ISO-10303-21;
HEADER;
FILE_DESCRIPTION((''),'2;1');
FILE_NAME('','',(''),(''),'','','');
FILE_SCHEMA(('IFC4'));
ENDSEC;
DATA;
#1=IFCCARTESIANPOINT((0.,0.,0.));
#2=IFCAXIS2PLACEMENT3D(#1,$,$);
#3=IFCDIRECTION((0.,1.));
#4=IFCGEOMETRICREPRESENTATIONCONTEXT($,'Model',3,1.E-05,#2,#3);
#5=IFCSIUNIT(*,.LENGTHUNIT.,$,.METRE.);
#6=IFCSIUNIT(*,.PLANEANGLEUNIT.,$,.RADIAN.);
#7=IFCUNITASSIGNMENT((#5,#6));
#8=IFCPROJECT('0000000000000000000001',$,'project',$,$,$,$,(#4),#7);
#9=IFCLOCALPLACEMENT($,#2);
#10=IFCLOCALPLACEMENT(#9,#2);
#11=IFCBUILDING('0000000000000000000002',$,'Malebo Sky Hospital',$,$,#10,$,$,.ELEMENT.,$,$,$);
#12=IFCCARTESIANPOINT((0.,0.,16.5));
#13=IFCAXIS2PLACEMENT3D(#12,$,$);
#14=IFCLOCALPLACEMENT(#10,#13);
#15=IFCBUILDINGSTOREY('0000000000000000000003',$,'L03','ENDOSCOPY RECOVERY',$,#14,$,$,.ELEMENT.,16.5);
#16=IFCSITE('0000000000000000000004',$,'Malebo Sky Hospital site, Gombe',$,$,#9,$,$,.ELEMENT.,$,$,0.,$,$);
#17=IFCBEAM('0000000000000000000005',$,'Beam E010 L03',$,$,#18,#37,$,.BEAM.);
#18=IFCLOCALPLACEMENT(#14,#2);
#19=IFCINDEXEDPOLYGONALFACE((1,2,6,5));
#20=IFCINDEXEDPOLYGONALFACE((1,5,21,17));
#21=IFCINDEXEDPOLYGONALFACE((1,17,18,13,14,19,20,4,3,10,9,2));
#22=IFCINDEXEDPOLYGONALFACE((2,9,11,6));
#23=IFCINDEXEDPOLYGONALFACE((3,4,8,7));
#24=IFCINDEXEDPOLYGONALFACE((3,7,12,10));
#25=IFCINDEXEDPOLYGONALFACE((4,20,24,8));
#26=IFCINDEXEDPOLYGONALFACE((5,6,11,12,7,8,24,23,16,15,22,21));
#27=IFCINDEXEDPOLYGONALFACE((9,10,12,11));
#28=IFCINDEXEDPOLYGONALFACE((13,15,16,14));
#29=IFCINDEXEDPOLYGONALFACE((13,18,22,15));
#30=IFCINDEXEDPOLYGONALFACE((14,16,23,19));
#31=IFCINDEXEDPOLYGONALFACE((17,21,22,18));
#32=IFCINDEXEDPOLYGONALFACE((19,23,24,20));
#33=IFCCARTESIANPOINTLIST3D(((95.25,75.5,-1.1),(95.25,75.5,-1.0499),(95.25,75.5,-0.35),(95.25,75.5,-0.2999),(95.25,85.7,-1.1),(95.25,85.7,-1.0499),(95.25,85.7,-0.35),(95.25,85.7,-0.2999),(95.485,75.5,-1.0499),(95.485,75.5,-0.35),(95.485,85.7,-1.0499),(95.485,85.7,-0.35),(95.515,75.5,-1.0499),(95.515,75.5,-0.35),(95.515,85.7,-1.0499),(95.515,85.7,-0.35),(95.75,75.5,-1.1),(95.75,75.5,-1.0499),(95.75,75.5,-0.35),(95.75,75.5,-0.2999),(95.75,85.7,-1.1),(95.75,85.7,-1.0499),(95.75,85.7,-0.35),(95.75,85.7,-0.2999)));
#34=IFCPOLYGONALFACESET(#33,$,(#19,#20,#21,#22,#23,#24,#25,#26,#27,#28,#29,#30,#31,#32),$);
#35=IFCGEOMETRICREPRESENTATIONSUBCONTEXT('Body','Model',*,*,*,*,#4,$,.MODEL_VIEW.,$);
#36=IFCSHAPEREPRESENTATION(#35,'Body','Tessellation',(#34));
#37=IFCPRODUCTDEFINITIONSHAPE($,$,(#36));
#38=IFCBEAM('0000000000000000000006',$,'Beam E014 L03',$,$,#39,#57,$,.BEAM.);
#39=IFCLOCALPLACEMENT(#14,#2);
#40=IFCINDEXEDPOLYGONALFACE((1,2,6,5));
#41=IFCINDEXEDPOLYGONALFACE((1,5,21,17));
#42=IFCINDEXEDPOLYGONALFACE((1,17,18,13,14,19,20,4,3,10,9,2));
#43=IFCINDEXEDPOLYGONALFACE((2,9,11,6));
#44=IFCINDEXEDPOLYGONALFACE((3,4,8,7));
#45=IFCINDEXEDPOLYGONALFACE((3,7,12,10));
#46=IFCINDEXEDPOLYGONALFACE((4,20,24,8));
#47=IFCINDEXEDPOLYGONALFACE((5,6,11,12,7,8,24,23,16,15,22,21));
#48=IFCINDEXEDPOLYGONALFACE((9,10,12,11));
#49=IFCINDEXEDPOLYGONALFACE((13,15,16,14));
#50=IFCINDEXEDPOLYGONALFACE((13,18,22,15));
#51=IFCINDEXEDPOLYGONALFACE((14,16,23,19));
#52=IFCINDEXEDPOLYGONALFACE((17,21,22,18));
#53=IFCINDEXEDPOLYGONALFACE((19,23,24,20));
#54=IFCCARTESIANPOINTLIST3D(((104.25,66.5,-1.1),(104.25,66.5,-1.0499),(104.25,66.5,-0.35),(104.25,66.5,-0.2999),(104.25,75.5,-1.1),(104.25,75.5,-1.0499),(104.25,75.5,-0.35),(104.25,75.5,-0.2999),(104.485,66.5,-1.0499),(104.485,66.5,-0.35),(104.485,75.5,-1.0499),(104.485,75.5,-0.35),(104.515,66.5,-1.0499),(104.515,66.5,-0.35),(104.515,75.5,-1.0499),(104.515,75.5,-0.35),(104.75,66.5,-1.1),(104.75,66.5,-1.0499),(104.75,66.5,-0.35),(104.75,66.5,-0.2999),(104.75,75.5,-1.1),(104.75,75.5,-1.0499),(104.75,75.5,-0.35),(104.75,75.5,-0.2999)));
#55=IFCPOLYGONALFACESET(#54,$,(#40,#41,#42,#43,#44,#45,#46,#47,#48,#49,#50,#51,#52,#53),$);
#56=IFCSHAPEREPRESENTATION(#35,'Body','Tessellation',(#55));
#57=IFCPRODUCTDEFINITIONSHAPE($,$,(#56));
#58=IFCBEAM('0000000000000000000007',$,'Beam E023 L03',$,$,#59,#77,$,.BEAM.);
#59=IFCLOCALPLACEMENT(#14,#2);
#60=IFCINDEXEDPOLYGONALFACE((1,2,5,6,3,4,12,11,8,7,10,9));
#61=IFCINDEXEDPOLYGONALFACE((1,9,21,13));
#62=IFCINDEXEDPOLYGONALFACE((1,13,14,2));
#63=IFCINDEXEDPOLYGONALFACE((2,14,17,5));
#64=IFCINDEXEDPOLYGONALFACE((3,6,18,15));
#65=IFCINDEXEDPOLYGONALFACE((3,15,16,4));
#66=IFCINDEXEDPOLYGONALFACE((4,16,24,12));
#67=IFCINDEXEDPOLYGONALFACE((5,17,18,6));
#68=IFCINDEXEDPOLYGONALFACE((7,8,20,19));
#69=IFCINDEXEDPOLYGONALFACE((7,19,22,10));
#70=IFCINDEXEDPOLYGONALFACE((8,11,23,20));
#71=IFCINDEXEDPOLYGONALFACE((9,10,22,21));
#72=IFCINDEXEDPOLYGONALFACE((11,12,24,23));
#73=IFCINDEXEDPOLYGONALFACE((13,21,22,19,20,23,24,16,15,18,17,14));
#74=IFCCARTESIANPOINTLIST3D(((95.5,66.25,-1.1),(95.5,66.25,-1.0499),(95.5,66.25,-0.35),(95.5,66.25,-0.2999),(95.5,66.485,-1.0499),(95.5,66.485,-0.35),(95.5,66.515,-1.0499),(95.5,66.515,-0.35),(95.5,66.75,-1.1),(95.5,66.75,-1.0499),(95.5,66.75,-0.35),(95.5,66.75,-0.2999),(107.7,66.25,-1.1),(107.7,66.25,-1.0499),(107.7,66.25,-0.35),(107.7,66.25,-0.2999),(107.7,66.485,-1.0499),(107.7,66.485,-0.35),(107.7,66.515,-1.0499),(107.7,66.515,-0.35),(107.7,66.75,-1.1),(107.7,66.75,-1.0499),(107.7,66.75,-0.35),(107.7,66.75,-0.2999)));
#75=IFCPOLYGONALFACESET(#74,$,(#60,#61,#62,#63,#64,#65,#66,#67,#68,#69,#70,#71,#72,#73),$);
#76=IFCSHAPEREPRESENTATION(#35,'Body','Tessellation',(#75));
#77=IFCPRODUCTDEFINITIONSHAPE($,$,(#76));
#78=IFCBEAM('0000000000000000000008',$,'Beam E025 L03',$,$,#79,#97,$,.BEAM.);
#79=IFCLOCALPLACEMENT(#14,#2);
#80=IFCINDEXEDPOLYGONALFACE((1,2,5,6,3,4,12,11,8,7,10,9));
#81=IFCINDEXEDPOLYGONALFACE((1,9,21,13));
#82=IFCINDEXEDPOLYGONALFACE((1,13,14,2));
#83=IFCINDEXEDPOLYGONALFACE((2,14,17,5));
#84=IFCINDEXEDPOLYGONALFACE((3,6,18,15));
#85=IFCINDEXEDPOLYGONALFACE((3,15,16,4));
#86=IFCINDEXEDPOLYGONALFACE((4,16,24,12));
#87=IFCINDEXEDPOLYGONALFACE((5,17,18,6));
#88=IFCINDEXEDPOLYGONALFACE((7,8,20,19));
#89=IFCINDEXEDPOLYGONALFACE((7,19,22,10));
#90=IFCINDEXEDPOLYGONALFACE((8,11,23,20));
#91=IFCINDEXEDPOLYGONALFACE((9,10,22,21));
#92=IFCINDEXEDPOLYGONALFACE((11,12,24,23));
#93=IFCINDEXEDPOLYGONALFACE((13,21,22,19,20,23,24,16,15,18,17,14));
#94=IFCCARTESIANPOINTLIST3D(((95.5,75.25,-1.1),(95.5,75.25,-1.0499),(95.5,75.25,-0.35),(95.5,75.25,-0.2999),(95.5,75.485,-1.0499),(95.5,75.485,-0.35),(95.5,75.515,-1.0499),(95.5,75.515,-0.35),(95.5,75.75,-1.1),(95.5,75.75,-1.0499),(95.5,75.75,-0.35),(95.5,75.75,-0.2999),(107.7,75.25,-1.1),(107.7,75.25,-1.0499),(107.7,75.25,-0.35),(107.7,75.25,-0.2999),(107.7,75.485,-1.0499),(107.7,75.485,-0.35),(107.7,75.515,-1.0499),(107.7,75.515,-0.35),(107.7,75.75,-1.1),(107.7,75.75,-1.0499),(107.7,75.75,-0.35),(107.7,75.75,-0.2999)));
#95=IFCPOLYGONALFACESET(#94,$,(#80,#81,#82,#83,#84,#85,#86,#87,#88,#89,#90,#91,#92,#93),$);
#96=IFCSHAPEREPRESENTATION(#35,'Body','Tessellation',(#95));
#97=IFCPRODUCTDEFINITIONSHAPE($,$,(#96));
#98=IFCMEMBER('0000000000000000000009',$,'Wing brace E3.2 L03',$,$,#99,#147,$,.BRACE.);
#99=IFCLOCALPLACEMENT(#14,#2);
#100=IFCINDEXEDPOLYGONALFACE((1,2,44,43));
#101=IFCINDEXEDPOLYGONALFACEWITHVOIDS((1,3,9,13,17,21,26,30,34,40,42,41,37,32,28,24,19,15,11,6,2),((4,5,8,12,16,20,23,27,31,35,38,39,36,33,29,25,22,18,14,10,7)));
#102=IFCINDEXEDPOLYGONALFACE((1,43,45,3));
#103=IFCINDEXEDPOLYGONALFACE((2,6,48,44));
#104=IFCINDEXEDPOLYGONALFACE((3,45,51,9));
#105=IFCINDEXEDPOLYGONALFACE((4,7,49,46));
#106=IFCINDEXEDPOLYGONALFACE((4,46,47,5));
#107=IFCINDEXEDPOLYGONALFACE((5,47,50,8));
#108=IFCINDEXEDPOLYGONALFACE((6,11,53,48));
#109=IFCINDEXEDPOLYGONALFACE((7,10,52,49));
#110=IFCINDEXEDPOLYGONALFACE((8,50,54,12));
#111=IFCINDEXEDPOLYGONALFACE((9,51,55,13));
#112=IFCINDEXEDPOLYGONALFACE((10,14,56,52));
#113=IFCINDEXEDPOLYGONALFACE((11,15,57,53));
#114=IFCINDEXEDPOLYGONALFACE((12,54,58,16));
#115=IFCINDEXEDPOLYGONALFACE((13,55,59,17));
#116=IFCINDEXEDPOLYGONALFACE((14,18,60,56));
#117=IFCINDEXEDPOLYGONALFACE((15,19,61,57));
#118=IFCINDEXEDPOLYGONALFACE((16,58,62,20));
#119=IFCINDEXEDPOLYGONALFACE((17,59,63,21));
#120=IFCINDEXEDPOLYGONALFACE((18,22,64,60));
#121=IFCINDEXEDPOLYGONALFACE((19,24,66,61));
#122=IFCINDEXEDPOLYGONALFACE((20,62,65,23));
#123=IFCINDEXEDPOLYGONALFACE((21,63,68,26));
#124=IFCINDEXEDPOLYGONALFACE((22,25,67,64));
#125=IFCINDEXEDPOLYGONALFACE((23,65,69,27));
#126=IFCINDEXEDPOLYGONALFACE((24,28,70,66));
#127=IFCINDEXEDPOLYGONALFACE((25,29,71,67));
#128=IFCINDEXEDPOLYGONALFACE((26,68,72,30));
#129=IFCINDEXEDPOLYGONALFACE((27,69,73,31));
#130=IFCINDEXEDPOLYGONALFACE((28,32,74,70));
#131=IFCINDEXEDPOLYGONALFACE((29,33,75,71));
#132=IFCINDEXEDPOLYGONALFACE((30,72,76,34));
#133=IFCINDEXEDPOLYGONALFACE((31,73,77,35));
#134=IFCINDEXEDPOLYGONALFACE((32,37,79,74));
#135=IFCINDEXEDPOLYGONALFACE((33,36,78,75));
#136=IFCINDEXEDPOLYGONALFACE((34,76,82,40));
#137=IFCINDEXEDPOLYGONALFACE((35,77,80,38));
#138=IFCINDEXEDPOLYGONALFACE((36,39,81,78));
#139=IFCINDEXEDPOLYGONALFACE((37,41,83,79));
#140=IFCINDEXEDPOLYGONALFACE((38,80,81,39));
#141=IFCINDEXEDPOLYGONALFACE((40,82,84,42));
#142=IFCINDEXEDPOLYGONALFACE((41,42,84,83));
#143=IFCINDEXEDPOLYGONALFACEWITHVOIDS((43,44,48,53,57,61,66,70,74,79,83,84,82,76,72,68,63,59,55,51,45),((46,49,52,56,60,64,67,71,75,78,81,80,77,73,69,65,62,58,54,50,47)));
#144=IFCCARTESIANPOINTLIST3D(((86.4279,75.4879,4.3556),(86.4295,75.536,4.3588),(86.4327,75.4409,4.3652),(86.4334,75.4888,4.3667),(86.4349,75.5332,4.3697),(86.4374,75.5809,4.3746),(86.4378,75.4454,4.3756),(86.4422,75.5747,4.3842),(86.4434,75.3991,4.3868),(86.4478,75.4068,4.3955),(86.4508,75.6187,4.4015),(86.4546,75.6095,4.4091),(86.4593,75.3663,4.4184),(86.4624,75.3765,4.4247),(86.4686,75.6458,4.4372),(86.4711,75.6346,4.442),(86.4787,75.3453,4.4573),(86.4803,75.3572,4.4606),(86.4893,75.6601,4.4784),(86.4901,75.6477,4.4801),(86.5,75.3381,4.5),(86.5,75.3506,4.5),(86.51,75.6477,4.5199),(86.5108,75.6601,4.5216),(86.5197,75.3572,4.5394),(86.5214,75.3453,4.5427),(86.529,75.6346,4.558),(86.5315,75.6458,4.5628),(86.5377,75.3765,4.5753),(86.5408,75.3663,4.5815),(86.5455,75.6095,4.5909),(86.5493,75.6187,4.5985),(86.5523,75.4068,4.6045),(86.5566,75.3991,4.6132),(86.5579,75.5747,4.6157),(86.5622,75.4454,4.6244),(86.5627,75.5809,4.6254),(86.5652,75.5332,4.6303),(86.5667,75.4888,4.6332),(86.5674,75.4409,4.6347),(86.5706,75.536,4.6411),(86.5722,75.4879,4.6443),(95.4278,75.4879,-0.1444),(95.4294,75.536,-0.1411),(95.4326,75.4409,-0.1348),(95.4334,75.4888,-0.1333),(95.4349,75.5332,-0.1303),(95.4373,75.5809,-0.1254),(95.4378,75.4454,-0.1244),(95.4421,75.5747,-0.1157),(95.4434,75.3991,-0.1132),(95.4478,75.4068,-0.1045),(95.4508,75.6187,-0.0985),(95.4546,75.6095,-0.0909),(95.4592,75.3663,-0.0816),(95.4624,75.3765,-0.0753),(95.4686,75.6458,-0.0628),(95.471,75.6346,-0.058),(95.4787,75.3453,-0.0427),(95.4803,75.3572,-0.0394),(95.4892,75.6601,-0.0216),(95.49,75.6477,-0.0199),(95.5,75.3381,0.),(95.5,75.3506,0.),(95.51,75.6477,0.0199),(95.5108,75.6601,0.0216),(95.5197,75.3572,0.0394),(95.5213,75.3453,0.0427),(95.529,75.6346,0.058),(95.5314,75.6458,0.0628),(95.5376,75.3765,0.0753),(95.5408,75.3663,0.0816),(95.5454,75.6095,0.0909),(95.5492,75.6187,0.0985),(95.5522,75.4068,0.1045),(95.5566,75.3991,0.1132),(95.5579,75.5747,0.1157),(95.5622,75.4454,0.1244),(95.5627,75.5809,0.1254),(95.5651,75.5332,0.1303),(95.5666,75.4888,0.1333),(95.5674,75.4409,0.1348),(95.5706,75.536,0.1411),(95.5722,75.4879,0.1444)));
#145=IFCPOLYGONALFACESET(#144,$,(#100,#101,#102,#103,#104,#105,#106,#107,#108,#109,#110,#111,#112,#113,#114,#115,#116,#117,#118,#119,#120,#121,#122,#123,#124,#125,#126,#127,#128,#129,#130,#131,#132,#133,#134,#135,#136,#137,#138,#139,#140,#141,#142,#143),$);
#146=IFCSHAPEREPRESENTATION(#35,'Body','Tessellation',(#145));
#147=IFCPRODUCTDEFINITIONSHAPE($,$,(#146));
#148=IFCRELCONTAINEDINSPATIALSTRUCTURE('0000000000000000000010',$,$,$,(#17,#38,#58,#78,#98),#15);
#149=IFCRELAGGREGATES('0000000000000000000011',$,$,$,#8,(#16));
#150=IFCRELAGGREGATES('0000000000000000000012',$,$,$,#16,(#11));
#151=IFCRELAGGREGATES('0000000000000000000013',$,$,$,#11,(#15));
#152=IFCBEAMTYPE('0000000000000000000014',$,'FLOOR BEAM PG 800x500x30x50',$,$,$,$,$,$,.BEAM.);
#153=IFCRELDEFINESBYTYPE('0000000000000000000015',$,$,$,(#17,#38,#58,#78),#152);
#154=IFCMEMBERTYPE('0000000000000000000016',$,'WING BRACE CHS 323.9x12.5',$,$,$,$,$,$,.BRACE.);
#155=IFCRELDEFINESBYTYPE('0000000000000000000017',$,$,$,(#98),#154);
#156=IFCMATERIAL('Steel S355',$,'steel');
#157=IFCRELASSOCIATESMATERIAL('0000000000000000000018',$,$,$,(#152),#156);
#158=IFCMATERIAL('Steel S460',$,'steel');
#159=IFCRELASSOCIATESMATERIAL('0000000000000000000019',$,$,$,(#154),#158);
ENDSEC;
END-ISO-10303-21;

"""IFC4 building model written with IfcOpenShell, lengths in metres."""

from ifc_helpers import new_model, si_unit, direction, frame, origin, origin_2d, place, context, subcontext, project, spatial, hollow_circle, i_section, extrude, material, material_profile, profile_set, type_object, element, save


model = new_model("IFC4")

# Units and contexts
model_context = context("Model", 3, precision=1e-05, world=origin(), true_north=direction((0.0, 1.0)))
body_context = subcontext(model_context, "Body", "Model", "MODEL_VIEW")
ifc_project = project(units=[si_unit("LENGTHUNIT", "METRE"), si_unit("PLANEANGLEUNIT", "RADIAN")], contexts=[model_context])

# Site, building, storey
site_placement = place(None, origin())
site = spatial("IfcSite", under=ifc_project, at=site_placement, Name="Malebo Sky Hospital site, Gombe", CompositionType="ELEMENT", RefElevation=0.0)
building_placement = place(site_placement, origin())
building = spatial("IfcBuilding", under=site, at=building_placement, Name="Malebo Sky Hospital", CompositionType="ELEMENT")
storey_placement = place(building_placement, frame((0.0, 0.0, 16.5)))
storey = spatial("IfcBuildingStorey", under=building, at=storey_placement, Name="L03", Description="ENDOSCOPY RECOVERY", CompositionType="ELEMENT", Elevation=16.5)

# Shared definitions
ifc_material_1 = material(Name="Steel S355", Category="steel")

# Beams
ifc_material_profile_1 = material_profile(ifc_material_1, i_section(OverallWidth=0.5, OverallDepth=0.8, WebThickness=0.03, FlangeThickness=0.05, at=origin_2d()), Name="PG 800x500x30x50")
ifc_profile_set_1 = profile_set([ifc_material_profile_1], Name="Steel S355")
beam_type = type_object("IfcBeamType", Name="FLOOR BEAM PG 800x500x30x50", PredefinedType="BEAM", material=ifc_profile_set_1)
beam_1_placement = place(storey_placement, frame((95.5, 75.5, -0.7), z_axis=(0.0, 1.0, 0.0), x_axis=(-1.0, 0.0, 0.0)))
element("IfcBeam", 1, at=beam_1_placement, inside=storey, type_object=beam_type, Name="Beam E010 L03", PredefinedType="BEAM", context=body_context, shape_type="SweptSolid", body=[
    extrude(i_section(OverallWidth=0.5, OverallDepth=0.8, WebThickness=0.03, FlangeThickness=0.05, at=origin_2d()), origin(), (0.0, 0.0, 1.0), 10.2),
])
beam_2_placement = place(storey_placement, frame((104.5, 66.5, -0.7), z_axis=(0.0, 1.0, 0.0), x_axis=(-1.0, 0.0, 0.0)))
element("IfcBeam", 2, at=beam_2_placement, inside=storey, type_object=beam_type, Name="Beam E014 L03", PredefinedType="BEAM", context=body_context, shape_type="SweptSolid", body=[
    extrude(i_section(OverallWidth=0.5, OverallDepth=0.8, WebThickness=0.03, FlangeThickness=0.05, at=origin_2d()), origin(), (0.0, 0.0, 1.0), 9.0),
])
for number, where, z_axis, x_axis, name in (
    (3, (95.5, 66.5, -0.7), (1.0, 0.0, 0.0), (0.0, 1.0, 0.0), "Beam E023 L03"),
    (4, (95.5, 75.5, -0.7), (1.0, 0.0, 0.0), (0.0, 1.0, 0.0), "Beam E025 L03"),
):
    element("IfcBeam", number, at=place(storey_placement, frame(where, z_axis=z_axis, x_axis=x_axis)), inside=storey, type_object=beam_type, Name=name, PredefinedType="BEAM", context=body_context, shape_type="SweptSolid", body=[
        extrude(i_section(OverallWidth=0.5, OverallDepth=0.8, WebThickness=0.03, FlangeThickness=0.05, at=origin_2d()), origin(), (0.0, 0.0, 1.0), 12.2),
    ])

# Member
ifc_material_2 = material(Name="Steel S460", Category="steel")
ifc_material_profile_2 = material_profile(ifc_material_2, hollow_circle(Radius=0.1619, WallThickness=0.0125, at=origin_2d()), Name="CHS 323.9x12.5")
ifc_profile_set_2 = profile_set([ifc_material_profile_2], Name="Steel S460")
member_type = type_object("IfcMemberType", Name="WING BRACE CHS 323.9x12.5", PredefinedType="BRACE", material=ifc_profile_set_2)
member_placement = place(storey_placement, frame((95.5, 75.5, 0.0), z_axis=(-0.894427, 0.0, 0.447214), x_axis=(0.0, -1.0, 0.0)))
element("IfcMember", 5, at=member_placement, inside=storey, type_object=member_type, Name="Wing brace E3.2 L03", PredefinedType="BRACE", context=body_context, shape_type="SweptSolid", body=[
    extrude(hollow_circle(Radius=0.1619, WallThickness=0.0125, at=origin_2d()), origin(), (0.0, 0.0, 1.0), 10.0623),
])

save(model, "model.ifc")
